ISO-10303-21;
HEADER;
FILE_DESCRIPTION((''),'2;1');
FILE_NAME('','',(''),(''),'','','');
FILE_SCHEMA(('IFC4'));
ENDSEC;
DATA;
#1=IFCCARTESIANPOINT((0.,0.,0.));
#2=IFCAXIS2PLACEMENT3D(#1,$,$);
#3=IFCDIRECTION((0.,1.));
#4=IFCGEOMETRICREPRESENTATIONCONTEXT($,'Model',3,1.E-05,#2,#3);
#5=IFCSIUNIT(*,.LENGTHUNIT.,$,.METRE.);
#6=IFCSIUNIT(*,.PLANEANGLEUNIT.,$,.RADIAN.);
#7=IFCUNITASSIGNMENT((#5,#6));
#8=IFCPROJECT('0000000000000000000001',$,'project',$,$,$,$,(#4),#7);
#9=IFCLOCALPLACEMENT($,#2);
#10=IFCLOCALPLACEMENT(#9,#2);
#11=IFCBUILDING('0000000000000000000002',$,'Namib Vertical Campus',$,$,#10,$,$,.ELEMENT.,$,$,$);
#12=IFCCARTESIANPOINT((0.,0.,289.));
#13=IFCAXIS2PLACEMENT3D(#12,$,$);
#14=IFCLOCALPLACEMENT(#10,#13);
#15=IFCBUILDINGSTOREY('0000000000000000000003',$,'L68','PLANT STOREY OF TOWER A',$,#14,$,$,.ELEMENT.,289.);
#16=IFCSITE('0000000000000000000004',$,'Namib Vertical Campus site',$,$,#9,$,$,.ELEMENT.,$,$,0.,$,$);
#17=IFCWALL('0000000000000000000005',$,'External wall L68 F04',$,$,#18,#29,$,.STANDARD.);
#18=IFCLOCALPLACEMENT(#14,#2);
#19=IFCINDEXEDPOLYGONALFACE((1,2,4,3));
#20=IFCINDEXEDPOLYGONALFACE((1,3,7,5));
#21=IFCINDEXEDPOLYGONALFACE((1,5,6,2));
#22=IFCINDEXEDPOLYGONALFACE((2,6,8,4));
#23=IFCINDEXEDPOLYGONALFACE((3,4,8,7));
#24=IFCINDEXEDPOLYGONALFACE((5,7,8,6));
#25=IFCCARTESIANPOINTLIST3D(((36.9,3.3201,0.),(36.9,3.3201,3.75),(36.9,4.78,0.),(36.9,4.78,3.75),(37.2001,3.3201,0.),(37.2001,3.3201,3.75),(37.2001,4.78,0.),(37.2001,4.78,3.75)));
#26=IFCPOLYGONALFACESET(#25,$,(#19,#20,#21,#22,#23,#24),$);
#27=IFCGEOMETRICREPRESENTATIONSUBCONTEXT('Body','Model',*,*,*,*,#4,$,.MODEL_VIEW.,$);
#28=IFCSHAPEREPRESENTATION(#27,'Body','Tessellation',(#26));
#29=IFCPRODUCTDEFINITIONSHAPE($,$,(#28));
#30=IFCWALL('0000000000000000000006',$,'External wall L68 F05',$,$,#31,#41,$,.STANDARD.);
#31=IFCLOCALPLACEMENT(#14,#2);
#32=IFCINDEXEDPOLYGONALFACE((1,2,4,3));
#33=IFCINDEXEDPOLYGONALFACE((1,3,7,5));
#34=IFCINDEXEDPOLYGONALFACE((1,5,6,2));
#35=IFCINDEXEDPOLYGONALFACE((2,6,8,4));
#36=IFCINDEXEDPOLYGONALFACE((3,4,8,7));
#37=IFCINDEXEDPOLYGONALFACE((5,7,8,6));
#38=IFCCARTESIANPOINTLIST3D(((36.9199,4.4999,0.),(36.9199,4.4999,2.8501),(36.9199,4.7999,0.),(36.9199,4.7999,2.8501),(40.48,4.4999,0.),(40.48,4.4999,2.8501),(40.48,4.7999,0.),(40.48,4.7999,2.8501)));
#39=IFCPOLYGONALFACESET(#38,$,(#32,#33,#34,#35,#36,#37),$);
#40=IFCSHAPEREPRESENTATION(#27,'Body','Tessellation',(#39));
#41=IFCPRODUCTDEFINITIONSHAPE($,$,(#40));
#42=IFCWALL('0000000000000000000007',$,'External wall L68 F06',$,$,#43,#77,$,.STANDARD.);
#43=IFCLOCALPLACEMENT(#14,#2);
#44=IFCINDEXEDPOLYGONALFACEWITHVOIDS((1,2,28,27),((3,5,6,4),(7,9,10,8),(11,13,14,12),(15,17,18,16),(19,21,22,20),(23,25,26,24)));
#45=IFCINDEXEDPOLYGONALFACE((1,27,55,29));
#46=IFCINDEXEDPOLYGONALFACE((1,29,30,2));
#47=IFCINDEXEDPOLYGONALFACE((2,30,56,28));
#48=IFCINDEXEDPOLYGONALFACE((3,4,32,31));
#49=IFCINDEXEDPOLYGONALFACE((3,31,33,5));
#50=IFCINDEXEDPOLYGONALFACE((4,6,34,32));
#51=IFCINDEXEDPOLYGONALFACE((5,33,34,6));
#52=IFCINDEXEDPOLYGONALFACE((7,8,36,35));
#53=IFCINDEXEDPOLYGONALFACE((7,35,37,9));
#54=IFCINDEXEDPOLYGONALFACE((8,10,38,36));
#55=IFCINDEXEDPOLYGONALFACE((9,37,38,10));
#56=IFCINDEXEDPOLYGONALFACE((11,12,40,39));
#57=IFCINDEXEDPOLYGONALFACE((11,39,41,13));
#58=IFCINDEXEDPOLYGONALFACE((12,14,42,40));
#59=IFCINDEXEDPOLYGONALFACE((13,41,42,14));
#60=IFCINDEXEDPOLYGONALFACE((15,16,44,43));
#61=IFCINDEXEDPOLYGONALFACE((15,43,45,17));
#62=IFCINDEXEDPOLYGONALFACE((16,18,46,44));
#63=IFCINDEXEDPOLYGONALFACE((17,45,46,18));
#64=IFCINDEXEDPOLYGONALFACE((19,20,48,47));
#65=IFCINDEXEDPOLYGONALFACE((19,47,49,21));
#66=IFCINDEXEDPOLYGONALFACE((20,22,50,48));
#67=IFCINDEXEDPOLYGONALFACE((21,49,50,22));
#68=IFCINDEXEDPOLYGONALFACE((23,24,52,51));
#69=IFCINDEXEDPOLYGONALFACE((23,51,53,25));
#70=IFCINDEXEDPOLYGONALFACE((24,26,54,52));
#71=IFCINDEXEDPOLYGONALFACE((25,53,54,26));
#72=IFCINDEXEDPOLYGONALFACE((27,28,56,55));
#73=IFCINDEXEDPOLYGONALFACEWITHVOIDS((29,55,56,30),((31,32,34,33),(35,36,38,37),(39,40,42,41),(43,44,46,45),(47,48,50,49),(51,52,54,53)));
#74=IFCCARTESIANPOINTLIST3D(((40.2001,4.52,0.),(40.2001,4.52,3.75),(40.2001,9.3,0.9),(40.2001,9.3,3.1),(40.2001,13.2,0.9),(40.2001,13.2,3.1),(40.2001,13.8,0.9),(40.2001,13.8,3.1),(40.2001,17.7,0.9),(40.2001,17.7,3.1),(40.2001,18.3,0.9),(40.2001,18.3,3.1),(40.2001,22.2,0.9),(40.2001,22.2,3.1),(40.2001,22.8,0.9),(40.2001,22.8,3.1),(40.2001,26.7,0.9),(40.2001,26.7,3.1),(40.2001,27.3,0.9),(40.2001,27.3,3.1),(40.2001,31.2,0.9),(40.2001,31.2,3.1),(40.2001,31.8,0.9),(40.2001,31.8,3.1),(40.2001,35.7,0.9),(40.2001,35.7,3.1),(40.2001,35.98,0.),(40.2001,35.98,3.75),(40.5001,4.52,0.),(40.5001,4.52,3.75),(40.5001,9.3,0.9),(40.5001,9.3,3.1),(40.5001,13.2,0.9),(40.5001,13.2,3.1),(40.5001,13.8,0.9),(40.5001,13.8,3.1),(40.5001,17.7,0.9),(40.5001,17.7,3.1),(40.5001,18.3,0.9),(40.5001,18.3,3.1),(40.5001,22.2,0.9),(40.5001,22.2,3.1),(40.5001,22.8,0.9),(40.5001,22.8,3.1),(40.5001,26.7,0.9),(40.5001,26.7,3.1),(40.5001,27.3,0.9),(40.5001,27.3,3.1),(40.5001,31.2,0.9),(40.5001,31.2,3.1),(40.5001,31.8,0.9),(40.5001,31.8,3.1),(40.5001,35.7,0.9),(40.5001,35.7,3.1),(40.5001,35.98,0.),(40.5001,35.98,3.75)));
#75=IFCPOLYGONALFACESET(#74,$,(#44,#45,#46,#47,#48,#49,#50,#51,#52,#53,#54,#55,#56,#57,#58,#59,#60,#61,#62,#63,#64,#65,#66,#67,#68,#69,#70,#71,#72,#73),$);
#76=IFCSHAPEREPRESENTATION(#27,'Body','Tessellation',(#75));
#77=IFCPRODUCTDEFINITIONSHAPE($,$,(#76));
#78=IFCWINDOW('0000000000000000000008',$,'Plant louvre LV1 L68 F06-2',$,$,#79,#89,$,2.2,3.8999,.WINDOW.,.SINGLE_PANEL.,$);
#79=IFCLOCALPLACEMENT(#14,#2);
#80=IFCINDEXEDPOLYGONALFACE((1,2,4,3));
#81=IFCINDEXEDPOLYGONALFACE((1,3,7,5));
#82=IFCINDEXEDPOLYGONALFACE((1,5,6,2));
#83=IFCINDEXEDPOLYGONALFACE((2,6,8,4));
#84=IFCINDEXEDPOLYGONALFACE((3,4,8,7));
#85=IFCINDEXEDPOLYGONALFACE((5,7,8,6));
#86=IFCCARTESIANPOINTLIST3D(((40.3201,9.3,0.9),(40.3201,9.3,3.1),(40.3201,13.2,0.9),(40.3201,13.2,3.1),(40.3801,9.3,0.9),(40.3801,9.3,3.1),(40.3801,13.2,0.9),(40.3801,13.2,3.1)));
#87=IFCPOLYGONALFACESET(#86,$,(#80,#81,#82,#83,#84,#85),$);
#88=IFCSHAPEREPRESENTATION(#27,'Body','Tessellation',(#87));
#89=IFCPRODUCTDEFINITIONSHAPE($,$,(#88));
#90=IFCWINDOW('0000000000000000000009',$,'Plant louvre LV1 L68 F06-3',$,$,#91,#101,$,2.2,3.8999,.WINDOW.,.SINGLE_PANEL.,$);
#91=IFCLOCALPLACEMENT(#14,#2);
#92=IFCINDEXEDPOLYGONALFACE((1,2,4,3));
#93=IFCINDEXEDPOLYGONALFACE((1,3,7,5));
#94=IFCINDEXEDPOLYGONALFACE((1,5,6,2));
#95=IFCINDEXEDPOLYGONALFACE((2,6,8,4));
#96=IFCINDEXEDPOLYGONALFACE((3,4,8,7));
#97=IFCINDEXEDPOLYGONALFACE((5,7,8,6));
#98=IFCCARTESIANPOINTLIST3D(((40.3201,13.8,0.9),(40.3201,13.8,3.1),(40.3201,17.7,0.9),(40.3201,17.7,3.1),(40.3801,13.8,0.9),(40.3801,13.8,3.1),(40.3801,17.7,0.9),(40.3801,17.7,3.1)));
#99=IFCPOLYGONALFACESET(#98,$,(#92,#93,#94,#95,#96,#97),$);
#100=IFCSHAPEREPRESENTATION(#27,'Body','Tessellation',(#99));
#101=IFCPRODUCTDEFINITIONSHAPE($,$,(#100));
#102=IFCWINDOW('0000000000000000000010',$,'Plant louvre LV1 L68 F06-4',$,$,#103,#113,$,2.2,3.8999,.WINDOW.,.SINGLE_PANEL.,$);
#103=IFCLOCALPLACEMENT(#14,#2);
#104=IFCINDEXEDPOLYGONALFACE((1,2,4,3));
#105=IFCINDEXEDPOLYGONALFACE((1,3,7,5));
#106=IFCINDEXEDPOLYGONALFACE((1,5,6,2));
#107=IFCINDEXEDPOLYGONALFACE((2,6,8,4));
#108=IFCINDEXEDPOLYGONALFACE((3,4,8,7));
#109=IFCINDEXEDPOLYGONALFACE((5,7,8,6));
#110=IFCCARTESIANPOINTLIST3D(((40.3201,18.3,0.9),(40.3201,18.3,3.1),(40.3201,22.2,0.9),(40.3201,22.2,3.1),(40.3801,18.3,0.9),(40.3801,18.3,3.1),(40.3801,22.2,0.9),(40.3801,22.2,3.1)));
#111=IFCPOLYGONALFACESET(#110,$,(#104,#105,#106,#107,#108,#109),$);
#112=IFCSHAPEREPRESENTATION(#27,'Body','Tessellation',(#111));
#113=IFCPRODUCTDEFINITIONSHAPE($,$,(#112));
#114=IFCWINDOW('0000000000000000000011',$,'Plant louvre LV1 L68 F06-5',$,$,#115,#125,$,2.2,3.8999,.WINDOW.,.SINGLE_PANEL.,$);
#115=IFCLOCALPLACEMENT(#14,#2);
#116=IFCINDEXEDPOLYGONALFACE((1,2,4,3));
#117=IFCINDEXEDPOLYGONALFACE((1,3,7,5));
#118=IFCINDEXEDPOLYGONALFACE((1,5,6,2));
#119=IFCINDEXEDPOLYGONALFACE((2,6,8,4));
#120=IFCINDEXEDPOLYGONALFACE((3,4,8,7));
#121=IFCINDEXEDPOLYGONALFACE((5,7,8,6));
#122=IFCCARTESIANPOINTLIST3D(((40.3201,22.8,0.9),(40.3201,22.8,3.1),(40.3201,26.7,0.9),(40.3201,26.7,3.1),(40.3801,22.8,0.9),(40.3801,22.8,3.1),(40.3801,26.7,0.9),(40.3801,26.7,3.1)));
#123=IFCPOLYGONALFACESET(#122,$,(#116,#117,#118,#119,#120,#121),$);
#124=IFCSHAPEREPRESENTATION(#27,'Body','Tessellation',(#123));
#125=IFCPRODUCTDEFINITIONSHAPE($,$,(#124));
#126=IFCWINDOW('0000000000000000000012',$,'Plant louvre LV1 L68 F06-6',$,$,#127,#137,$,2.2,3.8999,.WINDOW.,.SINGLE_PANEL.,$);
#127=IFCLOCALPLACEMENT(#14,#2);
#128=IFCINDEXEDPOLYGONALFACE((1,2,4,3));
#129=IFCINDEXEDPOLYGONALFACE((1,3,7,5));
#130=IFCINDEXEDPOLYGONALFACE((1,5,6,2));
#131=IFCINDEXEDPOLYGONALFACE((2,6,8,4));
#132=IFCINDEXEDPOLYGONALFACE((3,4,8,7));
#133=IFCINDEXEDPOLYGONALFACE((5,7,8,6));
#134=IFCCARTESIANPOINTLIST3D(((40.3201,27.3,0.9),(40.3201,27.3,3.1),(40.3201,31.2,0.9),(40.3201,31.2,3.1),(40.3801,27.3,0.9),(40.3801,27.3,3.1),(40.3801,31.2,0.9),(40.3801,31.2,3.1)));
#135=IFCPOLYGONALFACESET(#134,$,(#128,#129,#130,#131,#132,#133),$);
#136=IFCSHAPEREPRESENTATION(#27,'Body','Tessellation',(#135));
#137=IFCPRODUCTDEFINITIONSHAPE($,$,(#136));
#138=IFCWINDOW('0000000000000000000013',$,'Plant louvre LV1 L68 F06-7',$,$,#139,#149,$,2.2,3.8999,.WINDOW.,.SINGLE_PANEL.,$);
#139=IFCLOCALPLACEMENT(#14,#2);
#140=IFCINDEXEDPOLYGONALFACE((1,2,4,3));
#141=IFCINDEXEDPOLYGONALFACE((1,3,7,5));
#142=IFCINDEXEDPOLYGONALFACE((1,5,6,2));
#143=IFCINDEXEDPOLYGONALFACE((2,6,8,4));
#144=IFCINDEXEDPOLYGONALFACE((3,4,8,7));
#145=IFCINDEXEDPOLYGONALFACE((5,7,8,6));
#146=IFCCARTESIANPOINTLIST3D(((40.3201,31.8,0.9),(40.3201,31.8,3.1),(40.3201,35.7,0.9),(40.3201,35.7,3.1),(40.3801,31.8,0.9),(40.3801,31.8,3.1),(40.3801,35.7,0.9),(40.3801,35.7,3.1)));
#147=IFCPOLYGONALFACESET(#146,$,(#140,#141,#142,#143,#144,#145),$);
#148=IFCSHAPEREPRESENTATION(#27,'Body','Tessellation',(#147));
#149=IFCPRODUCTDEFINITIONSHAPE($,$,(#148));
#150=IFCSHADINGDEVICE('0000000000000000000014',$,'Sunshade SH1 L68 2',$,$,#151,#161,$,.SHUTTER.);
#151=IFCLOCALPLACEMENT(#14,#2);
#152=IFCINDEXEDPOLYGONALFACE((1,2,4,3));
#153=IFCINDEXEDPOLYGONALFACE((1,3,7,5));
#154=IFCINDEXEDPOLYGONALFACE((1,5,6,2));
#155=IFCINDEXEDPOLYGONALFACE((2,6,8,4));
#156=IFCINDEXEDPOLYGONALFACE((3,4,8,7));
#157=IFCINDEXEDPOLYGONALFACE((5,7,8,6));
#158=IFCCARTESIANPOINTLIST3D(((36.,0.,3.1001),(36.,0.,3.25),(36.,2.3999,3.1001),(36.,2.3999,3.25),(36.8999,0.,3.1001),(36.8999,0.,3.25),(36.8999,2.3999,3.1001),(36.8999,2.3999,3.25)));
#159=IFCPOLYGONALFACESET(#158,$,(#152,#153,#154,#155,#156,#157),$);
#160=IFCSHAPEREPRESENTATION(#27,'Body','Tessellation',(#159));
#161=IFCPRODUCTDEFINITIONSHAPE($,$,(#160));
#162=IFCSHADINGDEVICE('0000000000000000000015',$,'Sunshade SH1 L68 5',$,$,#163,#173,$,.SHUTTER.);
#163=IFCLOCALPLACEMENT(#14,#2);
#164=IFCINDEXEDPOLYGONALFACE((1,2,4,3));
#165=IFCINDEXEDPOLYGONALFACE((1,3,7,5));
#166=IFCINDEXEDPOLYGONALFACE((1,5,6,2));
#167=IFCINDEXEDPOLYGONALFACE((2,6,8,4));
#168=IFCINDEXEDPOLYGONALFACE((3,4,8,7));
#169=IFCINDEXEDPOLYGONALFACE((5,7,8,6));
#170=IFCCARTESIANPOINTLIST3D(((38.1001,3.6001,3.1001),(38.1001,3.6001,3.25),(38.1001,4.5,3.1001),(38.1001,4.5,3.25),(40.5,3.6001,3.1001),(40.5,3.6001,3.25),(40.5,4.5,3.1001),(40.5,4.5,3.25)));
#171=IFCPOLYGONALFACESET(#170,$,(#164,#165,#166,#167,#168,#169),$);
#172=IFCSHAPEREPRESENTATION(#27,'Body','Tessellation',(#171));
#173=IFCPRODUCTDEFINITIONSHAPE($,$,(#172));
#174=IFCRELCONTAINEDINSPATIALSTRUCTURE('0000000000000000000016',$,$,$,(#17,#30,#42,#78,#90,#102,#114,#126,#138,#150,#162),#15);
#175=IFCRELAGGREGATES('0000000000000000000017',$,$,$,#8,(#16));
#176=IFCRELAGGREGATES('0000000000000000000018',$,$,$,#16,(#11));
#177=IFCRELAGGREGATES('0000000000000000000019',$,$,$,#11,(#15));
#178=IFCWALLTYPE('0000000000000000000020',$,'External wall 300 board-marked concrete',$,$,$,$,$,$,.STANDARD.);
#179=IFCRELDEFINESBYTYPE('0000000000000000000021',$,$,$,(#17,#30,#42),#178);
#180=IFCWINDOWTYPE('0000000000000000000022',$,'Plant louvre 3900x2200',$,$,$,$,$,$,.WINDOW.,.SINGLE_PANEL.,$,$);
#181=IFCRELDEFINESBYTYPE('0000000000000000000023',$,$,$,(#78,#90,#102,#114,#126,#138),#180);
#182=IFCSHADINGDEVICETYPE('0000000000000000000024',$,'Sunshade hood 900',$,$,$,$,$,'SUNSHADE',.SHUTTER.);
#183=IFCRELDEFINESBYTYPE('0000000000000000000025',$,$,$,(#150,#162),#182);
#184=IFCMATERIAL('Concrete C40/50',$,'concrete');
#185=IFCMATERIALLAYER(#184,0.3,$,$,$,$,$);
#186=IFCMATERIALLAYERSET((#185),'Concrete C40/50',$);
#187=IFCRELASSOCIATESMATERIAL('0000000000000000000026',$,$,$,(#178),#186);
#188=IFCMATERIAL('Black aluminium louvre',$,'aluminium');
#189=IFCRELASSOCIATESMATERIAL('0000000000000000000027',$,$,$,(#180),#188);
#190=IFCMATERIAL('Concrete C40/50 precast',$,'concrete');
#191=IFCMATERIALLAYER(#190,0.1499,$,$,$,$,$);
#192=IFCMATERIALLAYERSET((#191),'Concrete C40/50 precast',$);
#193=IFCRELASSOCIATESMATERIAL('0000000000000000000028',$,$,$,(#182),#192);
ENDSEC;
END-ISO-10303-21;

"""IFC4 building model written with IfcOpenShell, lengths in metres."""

from ifc_helpers import new_model, si_unit, direction, frame, frame_2d, origin, origin_2d, place, context, subcontext, project, spatial, rectangle, extrude, material, layer, layer_set, type_object, element, fill, save


model = new_model("IFC4")

# Units and contexts
model_context = context("Model", 3, precision=1e-05, world=origin(), true_north=direction((0.0, 1.0)))
body_context = subcontext(model_context, "Body", "Model", "MODEL_VIEW")
ifc_project = project(units=[si_unit("LENGTHUNIT", "METRE"), si_unit("PLANEANGLEUNIT", "RADIAN")], contexts=[model_context])

# Site, building, storey
site_placement = place(None, origin())
site = spatial("IfcSite", under=ifc_project, at=site_placement, Name="Namib Vertical Campus site", CompositionType="ELEMENT", RefElevation=0.0)
building_placement = place(site_placement, origin())
building = spatial("IfcBuilding", under=site, at=building_placement, Name="Namib Vertical Campus", CompositionType="ELEMENT")
storey_placement = place(building_placement, frame((0.0, 0.0, 289.0)))
storey = spatial("IfcBuildingStorey", under=building, at=storey_placement, Name="L68", Description="PLANT STOREY OF TOWER A", CompositionType="ELEMENT", Elevation=289.0)

# Walls
ifc_material_1 = material(Name="Concrete C40/50", Category="concrete")
ifc_layer_1 = layer(ifc_material_1, 0.3)
ifc_layer_set_1 = layer_set([ifc_layer_1], Name="Concrete C40/50")
wall_type = type_object("IfcWallType", Name="External wall 300 board-marked concrete", PredefinedType="STANDARD", material=ifc_layer_set_1)
wall_1_placement = place(storey_placement, frame((37.05, 3.3201, 0.0), z_axis=(0.0, 0.0, 1.0), x_axis=(0.0, 1.0, 0.0)))
element("IfcWall", 1, at=wall_1_placement, inside=storey, type_object=wall_type, Name="External wall L68 F04", PredefinedType="STANDARD", context=body_context, shape_type="SweptSolid", body=[
    extrude(rectangle(XDim=1.46, YDim=0.3, at=frame_2d((0.73, 0.0))), origin(), (0.0, 0.0, 1.0), 3.75),
])
wall_2_placement = place(storey_placement, frame((36.9199, 4.6499, 0.0), z_axis=(0.0, 0.0, 1.0), x_axis=(1.0, 0.0, 0.0)))
element("IfcWall", 2, at=wall_2_placement, inside=storey, type_object=wall_type, Name="External wall L68 F05", PredefinedType="STANDARD", context=body_context, shape_type="SweptSolid", body=[
    extrude(rectangle(XDim=3.5601, YDim=0.3, at=frame_2d((1.78, 0.0))), origin(), (0.0, 0.0, 1.0), 2.8501),
])

# Wall, openings, windows
wall_3_placement = place(storey_placement, frame((40.3501, 4.52, 0.0), z_axis=(0.0, 0.0, 1.0), x_axis=(0.0, 1.0, 0.0)))
wall_3 = element("IfcWall", 3, at=wall_3_placement, inside=storey, type_object=wall_type, Name="External wall L68 F06", PredefinedType="STANDARD", context=body_context, shape_type="SweptSolid", body=[
    extrude(rectangle(XDim=31.46, YDim=0.3, at=frame_2d((15.73, 0.0))), origin(), (0.0, 0.0, 1.0), 3.75),
])
opening_1_placement = place(wall_3_placement, frame((4.78, 0.0, 0.8999)))
opening_1 = element("IfcOpeningElement", 4, at=opening_1_placement, cuts=wall_3, PredefinedType="OPENING", context=body_context, shape_type="SweptSolid", body=[
    extrude(rectangle(XDim=3.8999, YDim=2.2, at=frame_2d((1.95, 1.1001))), frame((0.0, 0.1599, 0.0), z_axis=(0.0, -1.0, 0.0), x_axis=(1.0, 0.0, 0.0)), (0.0, 0.0, 1.0), 0.3201),
])
opening_2_placement = place(wall_3_placement, frame((9.28, 0.0, 0.8999)))
opening_2 = element("IfcOpeningElement", 5, at=opening_2_placement, cuts=wall_3, PredefinedType="OPENING", context=body_context, shape_type="SweptSolid", body=[
    extrude(rectangle(XDim=3.8999, YDim=2.2, at=frame_2d((1.95, 1.1001))), frame((0.0, 0.1599, 0.0), z_axis=(0.0, -1.0, 0.0), x_axis=(1.0, 0.0, 0.0)), (0.0, 0.0, 1.0), 0.3201),
])
opening_3_placement = place(wall_3_placement, frame((13.78, 0.0, 0.8999)))
opening_3 = element("IfcOpeningElement", 6, at=opening_3_placement, cuts=wall_3, PredefinedType="OPENING", context=body_context, shape_type="SweptSolid", body=[
    extrude(rectangle(XDim=3.8999, YDim=2.2, at=frame_2d((1.95, 1.1001))), frame((0.0, 0.1599, 0.0), z_axis=(0.0, -1.0, 0.0), x_axis=(1.0, 0.0, 0.0)), (0.0, 0.0, 1.0), 0.3201),
])
opening_4_placement = place(wall_3_placement, frame((18.28, 0.0, 0.8999)))
opening_4 = element("IfcOpeningElement", 7, at=opening_4_placement, cuts=wall_3, PredefinedType="OPENING", context=body_context, shape_type="SweptSolid", body=[
    extrude(rectangle(XDim=3.8999, YDim=2.2, at=frame_2d((1.95, 1.1001))), frame((0.0, 0.1599, 0.0), z_axis=(0.0, -1.0, 0.0), x_axis=(1.0, 0.0, 0.0)), (0.0, 0.0, 1.0), 0.3201),
])
opening_5_placement = place(wall_3_placement, frame((22.78, 0.0, 0.8999)))
opening_5 = element("IfcOpeningElement", 8, at=opening_5_placement, cuts=wall_3, PredefinedType="OPENING", context=body_context, shape_type="SweptSolid", body=[
    extrude(rectangle(XDim=3.8999, YDim=2.2, at=frame_2d((1.95, 1.1001))), frame((0.0, 0.1599, 0.0), z_axis=(0.0, -1.0, 0.0), x_axis=(1.0, 0.0, 0.0)), (0.0, 0.0, 1.0), 0.3201),
])
opening_6_placement = place(wall_3_placement, frame((27.28, 0.0, 0.8999)))
opening_6 = element("IfcOpeningElement", 9, at=opening_6_placement, cuts=wall_3, PredefinedType="OPENING", context=body_context, shape_type="SweptSolid", body=[
    extrude(rectangle(XDim=3.8999, YDim=2.2, at=frame_2d((1.95, 1.1001))), frame((0.0, 0.1599, 0.0), z_axis=(0.0, -1.0, 0.0), x_axis=(1.0, 0.0, 0.0)), (0.0, 0.0, 1.0), 0.3201),
])
ifc_material_2 = material(Name="Black aluminium louvre", Category="aluminium")
window_type = type_object("IfcWindowType", Name="Plant louvre 3900x2200", PartitioningType="SINGLE_PANEL", PredefinedType="WINDOW", material=ifc_material_2)
window_1_placement = place(opening_1_placement, origin())
window_1 = element("IfcWindow", 10, at=window_1_placement, inside=storey, type_object=window_type, Name="Plant louvre LV1 L68 F06-2", OverallHeight=2.2, OverallWidth=3.8999, PartitioningType="SINGLE_PANEL", PredefinedType="WINDOW", context=body_context, shape_type="SweptSolid", body=[
    extrude(rectangle(XDim=3.8999, YDim=2.2, at=frame_2d((1.95, 1.1001))), frame((0.0, 0.03, 0.0), z_axis=(0.0, -1.0, 0.0), x_axis=(1.0, 0.0, 0.0)), (0.0, 0.0, 1.0), 0.0601),
])
fill(opening_1, window_1)
window_2_placement = place(opening_2_placement, origin())
window_2 = element("IfcWindow", 11, at=window_2_placement, inside=storey, type_object=window_type, Name="Plant louvre LV1 L68 F06-3", OverallHeight=2.2, OverallWidth=3.8999, PartitioningType="SINGLE_PANEL", PredefinedType="WINDOW", context=body_context, shape_type="SweptSolid", body=[
    extrude(rectangle(XDim=3.8999, YDim=2.2, at=frame_2d((1.95, 1.1001))), frame((0.0, 0.03, 0.0), z_axis=(0.0, -1.0, 0.0), x_axis=(1.0, 0.0, 0.0)), (0.0, 0.0, 1.0), 0.0601),
])
fill(opening_2, window_2)
window_3_placement = place(opening_3_placement, origin())
window_3 = element("IfcWindow", 12, at=window_3_placement, inside=storey, type_object=window_type, Name="Plant louvre LV1 L68 F06-4", OverallHeight=2.2, OverallWidth=3.8999, PartitioningType="SINGLE_PANEL", PredefinedType="WINDOW", context=body_context, shape_type="SweptSolid", body=[
    extrude(rectangle(XDim=3.8999, YDim=2.2, at=frame_2d((1.95, 1.1001))), frame((0.0, 0.03, 0.0), z_axis=(0.0, -1.0, 0.0), x_axis=(1.0, 0.0, 0.0)), (0.0, 0.0, 1.0), 0.0601),
])
fill(opening_3, window_3)
window_4_placement = place(opening_4_placement, origin())
window_4 = element("IfcWindow", 13, at=window_4_placement, inside=storey, type_object=window_type, Name="Plant louvre LV1 L68 F06-5", OverallHeight=2.2, OverallWidth=3.8999, PartitioningType="SINGLE_PANEL", PredefinedType="WINDOW", context=body_context, shape_type="SweptSolid", body=[
    extrude(rectangle(XDim=3.8999, YDim=2.2, at=frame_2d((1.95, 1.1001))), frame((0.0, 0.03, 0.0), z_axis=(0.0, -1.0, 0.0), x_axis=(1.0, 0.0, 0.0)), (0.0, 0.0, 1.0), 0.0601),
])
fill(opening_4, window_4)
window_5_placement = place(opening_5_placement, origin())
window_5 = element("IfcWindow", 14, at=window_5_placement, inside=storey, type_object=window_type, Name="Plant louvre LV1 L68 F06-6", OverallHeight=2.2, OverallWidth=3.8999, PartitioningType="SINGLE_PANEL", PredefinedType="WINDOW", context=body_context, shape_type="SweptSolid", body=[
    extrude(rectangle(XDim=3.8999, YDim=2.2, at=frame_2d((1.95, 1.1001))), frame((0.0, 0.03, 0.0), z_axis=(0.0, -1.0, 0.0), x_axis=(1.0, 0.0, 0.0)), (0.0, 0.0, 1.0), 0.0601),
])
fill(opening_5, window_5)
window_6_placement = place(opening_6_placement, origin())
window_6 = element("IfcWindow", 15, at=window_6_placement, inside=storey, type_object=window_type, Name="Plant louvre LV1 L68 F06-7", OverallHeight=2.2, OverallWidth=3.8999, PartitioningType="SINGLE_PANEL", PredefinedType="WINDOW", context=body_context, shape_type="SweptSolid", body=[
    extrude(rectangle(XDim=3.8999, YDim=2.2, at=frame_2d((1.95, 1.1001))), frame((0.0, 0.03, 0.0), z_axis=(0.0, -1.0, 0.0), x_axis=(1.0, 0.0, 0.0)), (0.0, 0.0, 1.0), 0.0601),
])
fill(opening_6, window_6)

# Shading devices
ifc_material_3 = material(Name="Concrete C40/50 precast", Category="concrete")
ifc_layer_2 = layer(ifc_material_3, 0.1499)
ifc_layer_set_2 = layer_set([ifc_layer_2], Name="Concrete C40/50 precast")
shading_device_type = type_object("IfcShadingDeviceType", Name="Sunshade hood 900", ElementType="SUNSHADE", PredefinedType="SHUTTER", material=ifc_layer_set_2)
for number, where, z_axis, x_axis, name in (
    (16, (36.45, 1.2, 3.1001), (0.0, 0.0, 1.0), (0.0, 1.0, 0.0), "Sunshade SH1 L68 2"),
    (17, (39.3, 4.05, 3.1001), (0.0, 0.0, 1.0), (1.0, 0.0, 0.0), "Sunshade SH1 L68 5"),
):
    element("IfcShadingDevice", number, at=place(storey_placement, frame(where, z_axis=z_axis, x_axis=x_axis)), inside=storey, type_object=shading_device_type, Name=name, PredefinedType="SHUTTER", context=body_context, shape_type="SweptSolid", body=[
        extrude(rectangle(XDim=2.3999, YDim=0.8999, at=origin_2d()), origin(), (0.0, 0.0, 1.0), 0.1499),
    ])

save(model, "model.ifc")
